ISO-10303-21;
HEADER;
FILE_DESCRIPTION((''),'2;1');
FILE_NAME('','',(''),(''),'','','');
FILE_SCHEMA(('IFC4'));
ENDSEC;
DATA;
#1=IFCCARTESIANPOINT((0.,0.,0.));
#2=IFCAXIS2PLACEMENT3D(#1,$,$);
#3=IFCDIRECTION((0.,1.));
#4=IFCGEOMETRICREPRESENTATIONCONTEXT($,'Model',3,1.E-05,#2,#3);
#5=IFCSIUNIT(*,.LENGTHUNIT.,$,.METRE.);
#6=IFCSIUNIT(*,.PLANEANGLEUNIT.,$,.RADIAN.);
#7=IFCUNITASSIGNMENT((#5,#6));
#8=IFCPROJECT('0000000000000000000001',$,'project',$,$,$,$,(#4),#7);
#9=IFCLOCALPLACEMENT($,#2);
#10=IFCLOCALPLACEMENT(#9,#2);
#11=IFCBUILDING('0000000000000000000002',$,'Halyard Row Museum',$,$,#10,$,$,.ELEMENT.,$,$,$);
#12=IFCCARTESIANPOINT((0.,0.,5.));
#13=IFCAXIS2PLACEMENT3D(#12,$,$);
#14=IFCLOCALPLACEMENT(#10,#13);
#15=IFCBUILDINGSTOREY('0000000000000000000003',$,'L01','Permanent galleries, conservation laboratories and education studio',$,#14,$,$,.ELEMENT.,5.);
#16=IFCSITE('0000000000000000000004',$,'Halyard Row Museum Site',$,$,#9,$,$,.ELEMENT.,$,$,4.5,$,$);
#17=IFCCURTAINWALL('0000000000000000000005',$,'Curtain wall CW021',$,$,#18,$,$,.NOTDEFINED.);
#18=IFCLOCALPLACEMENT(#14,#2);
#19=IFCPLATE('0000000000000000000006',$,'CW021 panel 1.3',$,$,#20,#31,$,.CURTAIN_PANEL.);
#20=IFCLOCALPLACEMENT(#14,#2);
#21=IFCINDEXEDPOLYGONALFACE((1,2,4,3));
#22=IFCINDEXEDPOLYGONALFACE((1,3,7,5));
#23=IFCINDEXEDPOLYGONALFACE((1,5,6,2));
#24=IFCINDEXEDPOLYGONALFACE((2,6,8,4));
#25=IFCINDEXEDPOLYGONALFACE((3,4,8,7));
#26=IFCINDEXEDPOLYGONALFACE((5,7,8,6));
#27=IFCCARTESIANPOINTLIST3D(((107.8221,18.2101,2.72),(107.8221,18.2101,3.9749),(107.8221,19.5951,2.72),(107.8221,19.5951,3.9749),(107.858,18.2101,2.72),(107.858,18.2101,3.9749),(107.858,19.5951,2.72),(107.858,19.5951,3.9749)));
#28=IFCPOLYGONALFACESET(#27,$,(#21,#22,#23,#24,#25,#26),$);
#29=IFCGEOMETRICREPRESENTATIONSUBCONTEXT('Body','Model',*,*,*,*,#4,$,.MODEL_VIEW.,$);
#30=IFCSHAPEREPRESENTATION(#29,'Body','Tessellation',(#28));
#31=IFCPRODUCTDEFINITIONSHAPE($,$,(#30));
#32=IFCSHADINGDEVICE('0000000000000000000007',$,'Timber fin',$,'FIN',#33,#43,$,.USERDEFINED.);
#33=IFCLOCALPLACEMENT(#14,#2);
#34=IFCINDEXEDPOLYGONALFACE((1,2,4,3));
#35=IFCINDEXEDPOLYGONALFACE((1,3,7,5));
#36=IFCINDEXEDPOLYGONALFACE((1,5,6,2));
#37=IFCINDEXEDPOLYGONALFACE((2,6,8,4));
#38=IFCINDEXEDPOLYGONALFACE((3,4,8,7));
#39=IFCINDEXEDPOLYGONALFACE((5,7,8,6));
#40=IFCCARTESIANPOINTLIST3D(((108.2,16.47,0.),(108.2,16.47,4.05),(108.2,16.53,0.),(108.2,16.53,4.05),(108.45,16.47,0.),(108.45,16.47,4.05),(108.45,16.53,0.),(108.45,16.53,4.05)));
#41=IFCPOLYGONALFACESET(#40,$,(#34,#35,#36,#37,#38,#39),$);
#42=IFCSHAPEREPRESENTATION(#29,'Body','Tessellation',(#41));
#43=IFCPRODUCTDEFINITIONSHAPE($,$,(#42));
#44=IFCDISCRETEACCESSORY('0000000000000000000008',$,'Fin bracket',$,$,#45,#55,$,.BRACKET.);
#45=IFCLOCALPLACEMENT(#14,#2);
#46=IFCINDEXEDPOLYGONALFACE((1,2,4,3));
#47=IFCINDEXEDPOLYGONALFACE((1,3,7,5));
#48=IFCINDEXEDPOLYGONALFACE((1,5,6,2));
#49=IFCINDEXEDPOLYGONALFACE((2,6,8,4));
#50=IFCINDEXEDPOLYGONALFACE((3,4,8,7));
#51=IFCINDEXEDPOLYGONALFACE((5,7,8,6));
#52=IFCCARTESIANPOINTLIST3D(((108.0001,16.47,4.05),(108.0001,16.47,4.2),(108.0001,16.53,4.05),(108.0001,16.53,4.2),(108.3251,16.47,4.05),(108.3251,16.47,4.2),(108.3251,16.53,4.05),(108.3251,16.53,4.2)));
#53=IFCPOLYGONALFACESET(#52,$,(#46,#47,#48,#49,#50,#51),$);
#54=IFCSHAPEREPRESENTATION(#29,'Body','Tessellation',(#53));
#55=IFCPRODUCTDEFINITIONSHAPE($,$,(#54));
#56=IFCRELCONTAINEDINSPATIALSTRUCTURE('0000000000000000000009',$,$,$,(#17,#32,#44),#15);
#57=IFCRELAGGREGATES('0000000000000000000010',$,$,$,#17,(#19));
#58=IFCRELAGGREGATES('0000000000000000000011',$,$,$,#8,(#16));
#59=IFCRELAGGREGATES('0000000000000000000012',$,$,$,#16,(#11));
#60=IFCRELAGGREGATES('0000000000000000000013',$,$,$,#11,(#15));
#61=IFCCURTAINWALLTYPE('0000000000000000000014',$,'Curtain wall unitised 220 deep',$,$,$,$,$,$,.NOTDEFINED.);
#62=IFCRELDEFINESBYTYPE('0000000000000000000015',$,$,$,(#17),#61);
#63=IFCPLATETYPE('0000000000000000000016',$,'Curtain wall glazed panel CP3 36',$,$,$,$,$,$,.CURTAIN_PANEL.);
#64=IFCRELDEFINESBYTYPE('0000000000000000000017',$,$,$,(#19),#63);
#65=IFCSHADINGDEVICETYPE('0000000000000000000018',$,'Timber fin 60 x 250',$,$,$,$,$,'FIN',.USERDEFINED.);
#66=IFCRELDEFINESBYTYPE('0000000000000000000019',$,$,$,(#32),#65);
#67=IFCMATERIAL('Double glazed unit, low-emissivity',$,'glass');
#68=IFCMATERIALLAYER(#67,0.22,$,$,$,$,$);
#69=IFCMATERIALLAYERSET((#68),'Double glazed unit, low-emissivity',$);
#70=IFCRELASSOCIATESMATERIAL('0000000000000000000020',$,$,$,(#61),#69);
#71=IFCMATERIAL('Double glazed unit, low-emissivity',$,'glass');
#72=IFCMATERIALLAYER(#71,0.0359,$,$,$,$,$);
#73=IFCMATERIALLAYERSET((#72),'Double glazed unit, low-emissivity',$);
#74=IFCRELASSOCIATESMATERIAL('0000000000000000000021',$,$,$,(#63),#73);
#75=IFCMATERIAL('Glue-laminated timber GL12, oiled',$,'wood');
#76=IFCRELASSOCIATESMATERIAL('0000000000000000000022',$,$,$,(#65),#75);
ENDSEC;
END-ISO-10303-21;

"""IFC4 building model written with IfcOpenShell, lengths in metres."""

from ifc_helpers import new_model, si_unit, direction, frame, origin, origin_2d, place, context, subcontext, project, spatial, rectangle, extrude, material, layer, layer_set, type_object, element, aggregate, save


model = new_model("IFC4")

# Units and contexts
model_context = context("Model", 3, precision=1e-05, world=origin(), true_north=direction((0.0, 1.0)))
body_context = subcontext(model_context, "Body", "Model", "MODEL_VIEW")
ifc_project = project(units=[si_unit("LENGTHUNIT", "METRE"), si_unit("PLANEANGLEUNIT", "RADIAN")], contexts=[model_context])

# Site, building, storey
site_placement = place(None, origin())
site = spatial("IfcSite", under=ifc_project, at=site_placement, Name="Halyard Row Museum Site", CompositionType="ELEMENT", RefElevation=4.5)
building_placement = place(site_placement, origin())
building = spatial("IfcBuilding", under=site, at=building_placement, Name="Halyard Row Museum", CompositionType="ELEMENT")
storey_placement = place(building_placement, frame((0.0, 0.0, 5.0)))
storey = spatial("IfcBuildingStorey", under=building, at=storey_placement, Name="L01", Description="Permanent galleries, conservation laboratories and education studio", CompositionType="ELEMENT", Elevation=5.0)

# Shared definitions
ifc_material_1 = material(Name="Double glazed unit, low-emissivity", Category="glass")
ifc_layer_1 = layer(ifc_material_1, 0.22)
ifc_layer_set_1 = layer_set([ifc_layer_1], Name="Double glazed unit, low-emissivity")
curtain_wall_type = type_object("IfcCurtainWallType", Name="Curtain wall unitised 220 deep", PredefinedType="NOTDEFINED", material=ifc_layer_set_1)

# Curtain wall
curtain_wall_1_placement = place(storey_placement, origin())
curtain_wall_1 = element("IfcCurtainWall", 1, at=curtain_wall_1_placement, inside=storey, type_object=curtain_wall_type, Name="Curtain wall CW021", PredefinedType="NOTDEFINED")

# Plate
ifc_material_2 = material(Name="Double glazed unit, low-emissivity", Category="glass")
ifc_layer_2 = layer(ifc_material_2, 0.0359)
ifc_layer_set_2 = layer_set([ifc_layer_2], Name="Double glazed unit, low-emissivity")
plate_type = type_object("IfcPlateType", Name="Curtain wall glazed panel CP3 36", PredefinedType="CURTAIN_PANEL", material=ifc_layer_set_2)
plate_1_placement = place(storey_placement, frame((107.8401, 18.9026, 2.72), z_axis=(0.0, 0.0, 1.0), x_axis=(0.0, 1.0, 0.0)))
plate_1 = element("IfcPlate", 2, at=plate_1_placement, type_object=plate_type, Name="CW021 panel 1.3", PredefinedType="CURTAIN_PANEL", context=body_context, shape_type="SweptSolid", body=[
    extrude(rectangle(XDim=1.385, YDim=0.0359, at=origin_2d()), origin(), (0.0, 0.0, 1.0), 1.2549),
])
aggregate(curtain_wall_1, [plate_1])

# Shading device
ifc_material_3 = material(Name="Glue-laminated timber GL12, oiled", Category="wood")
shading_device_type = type_object("IfcShadingDeviceType", Name="Timber fin 60 x 250", ElementType="FIN", PredefinedType="USERDEFINED", material=ifc_material_3)
shading_device_placement = place(storey_placement, frame((108.325, 16.5, 0.0), z_axis=(0.0, 0.0, 1.0), x_axis=(1.0, 0.0, 0.0)))
element("IfcShadingDevice", 3, at=shading_device_placement, inside=storey, type_object=shading_device_type, Name="Timber fin", ObjectType="FIN", PredefinedType="USERDEFINED", context=body_context, shape_type="SweptSolid", body=[
    extrude(rectangle(XDim=0.25, YDim=0.0601, at=origin_2d()), origin(), (0.0, 0.0, 1.0), 4.05),
])

# Discrete accessory
discrete_accessory_placement = place(storey_placement, frame((108.1626, 16.5, 4.05), z_axis=(0.0, 0.0, 1.0), x_axis=(1.0, 0.0, 0.0)))
element("IfcDiscreteAccessory", 4, at=discrete_accessory_placement, inside=storey, Name="Fin bracket", PredefinedType="BRACKET", context=body_context, shape_type="SweptSolid", body=[
    extrude(rectangle(XDim=0.325, YDim=0.0601, at=origin_2d()), origin(), (0.0, 0.0, 1.0), 0.1499),
])

save(model, "model.ifc")
